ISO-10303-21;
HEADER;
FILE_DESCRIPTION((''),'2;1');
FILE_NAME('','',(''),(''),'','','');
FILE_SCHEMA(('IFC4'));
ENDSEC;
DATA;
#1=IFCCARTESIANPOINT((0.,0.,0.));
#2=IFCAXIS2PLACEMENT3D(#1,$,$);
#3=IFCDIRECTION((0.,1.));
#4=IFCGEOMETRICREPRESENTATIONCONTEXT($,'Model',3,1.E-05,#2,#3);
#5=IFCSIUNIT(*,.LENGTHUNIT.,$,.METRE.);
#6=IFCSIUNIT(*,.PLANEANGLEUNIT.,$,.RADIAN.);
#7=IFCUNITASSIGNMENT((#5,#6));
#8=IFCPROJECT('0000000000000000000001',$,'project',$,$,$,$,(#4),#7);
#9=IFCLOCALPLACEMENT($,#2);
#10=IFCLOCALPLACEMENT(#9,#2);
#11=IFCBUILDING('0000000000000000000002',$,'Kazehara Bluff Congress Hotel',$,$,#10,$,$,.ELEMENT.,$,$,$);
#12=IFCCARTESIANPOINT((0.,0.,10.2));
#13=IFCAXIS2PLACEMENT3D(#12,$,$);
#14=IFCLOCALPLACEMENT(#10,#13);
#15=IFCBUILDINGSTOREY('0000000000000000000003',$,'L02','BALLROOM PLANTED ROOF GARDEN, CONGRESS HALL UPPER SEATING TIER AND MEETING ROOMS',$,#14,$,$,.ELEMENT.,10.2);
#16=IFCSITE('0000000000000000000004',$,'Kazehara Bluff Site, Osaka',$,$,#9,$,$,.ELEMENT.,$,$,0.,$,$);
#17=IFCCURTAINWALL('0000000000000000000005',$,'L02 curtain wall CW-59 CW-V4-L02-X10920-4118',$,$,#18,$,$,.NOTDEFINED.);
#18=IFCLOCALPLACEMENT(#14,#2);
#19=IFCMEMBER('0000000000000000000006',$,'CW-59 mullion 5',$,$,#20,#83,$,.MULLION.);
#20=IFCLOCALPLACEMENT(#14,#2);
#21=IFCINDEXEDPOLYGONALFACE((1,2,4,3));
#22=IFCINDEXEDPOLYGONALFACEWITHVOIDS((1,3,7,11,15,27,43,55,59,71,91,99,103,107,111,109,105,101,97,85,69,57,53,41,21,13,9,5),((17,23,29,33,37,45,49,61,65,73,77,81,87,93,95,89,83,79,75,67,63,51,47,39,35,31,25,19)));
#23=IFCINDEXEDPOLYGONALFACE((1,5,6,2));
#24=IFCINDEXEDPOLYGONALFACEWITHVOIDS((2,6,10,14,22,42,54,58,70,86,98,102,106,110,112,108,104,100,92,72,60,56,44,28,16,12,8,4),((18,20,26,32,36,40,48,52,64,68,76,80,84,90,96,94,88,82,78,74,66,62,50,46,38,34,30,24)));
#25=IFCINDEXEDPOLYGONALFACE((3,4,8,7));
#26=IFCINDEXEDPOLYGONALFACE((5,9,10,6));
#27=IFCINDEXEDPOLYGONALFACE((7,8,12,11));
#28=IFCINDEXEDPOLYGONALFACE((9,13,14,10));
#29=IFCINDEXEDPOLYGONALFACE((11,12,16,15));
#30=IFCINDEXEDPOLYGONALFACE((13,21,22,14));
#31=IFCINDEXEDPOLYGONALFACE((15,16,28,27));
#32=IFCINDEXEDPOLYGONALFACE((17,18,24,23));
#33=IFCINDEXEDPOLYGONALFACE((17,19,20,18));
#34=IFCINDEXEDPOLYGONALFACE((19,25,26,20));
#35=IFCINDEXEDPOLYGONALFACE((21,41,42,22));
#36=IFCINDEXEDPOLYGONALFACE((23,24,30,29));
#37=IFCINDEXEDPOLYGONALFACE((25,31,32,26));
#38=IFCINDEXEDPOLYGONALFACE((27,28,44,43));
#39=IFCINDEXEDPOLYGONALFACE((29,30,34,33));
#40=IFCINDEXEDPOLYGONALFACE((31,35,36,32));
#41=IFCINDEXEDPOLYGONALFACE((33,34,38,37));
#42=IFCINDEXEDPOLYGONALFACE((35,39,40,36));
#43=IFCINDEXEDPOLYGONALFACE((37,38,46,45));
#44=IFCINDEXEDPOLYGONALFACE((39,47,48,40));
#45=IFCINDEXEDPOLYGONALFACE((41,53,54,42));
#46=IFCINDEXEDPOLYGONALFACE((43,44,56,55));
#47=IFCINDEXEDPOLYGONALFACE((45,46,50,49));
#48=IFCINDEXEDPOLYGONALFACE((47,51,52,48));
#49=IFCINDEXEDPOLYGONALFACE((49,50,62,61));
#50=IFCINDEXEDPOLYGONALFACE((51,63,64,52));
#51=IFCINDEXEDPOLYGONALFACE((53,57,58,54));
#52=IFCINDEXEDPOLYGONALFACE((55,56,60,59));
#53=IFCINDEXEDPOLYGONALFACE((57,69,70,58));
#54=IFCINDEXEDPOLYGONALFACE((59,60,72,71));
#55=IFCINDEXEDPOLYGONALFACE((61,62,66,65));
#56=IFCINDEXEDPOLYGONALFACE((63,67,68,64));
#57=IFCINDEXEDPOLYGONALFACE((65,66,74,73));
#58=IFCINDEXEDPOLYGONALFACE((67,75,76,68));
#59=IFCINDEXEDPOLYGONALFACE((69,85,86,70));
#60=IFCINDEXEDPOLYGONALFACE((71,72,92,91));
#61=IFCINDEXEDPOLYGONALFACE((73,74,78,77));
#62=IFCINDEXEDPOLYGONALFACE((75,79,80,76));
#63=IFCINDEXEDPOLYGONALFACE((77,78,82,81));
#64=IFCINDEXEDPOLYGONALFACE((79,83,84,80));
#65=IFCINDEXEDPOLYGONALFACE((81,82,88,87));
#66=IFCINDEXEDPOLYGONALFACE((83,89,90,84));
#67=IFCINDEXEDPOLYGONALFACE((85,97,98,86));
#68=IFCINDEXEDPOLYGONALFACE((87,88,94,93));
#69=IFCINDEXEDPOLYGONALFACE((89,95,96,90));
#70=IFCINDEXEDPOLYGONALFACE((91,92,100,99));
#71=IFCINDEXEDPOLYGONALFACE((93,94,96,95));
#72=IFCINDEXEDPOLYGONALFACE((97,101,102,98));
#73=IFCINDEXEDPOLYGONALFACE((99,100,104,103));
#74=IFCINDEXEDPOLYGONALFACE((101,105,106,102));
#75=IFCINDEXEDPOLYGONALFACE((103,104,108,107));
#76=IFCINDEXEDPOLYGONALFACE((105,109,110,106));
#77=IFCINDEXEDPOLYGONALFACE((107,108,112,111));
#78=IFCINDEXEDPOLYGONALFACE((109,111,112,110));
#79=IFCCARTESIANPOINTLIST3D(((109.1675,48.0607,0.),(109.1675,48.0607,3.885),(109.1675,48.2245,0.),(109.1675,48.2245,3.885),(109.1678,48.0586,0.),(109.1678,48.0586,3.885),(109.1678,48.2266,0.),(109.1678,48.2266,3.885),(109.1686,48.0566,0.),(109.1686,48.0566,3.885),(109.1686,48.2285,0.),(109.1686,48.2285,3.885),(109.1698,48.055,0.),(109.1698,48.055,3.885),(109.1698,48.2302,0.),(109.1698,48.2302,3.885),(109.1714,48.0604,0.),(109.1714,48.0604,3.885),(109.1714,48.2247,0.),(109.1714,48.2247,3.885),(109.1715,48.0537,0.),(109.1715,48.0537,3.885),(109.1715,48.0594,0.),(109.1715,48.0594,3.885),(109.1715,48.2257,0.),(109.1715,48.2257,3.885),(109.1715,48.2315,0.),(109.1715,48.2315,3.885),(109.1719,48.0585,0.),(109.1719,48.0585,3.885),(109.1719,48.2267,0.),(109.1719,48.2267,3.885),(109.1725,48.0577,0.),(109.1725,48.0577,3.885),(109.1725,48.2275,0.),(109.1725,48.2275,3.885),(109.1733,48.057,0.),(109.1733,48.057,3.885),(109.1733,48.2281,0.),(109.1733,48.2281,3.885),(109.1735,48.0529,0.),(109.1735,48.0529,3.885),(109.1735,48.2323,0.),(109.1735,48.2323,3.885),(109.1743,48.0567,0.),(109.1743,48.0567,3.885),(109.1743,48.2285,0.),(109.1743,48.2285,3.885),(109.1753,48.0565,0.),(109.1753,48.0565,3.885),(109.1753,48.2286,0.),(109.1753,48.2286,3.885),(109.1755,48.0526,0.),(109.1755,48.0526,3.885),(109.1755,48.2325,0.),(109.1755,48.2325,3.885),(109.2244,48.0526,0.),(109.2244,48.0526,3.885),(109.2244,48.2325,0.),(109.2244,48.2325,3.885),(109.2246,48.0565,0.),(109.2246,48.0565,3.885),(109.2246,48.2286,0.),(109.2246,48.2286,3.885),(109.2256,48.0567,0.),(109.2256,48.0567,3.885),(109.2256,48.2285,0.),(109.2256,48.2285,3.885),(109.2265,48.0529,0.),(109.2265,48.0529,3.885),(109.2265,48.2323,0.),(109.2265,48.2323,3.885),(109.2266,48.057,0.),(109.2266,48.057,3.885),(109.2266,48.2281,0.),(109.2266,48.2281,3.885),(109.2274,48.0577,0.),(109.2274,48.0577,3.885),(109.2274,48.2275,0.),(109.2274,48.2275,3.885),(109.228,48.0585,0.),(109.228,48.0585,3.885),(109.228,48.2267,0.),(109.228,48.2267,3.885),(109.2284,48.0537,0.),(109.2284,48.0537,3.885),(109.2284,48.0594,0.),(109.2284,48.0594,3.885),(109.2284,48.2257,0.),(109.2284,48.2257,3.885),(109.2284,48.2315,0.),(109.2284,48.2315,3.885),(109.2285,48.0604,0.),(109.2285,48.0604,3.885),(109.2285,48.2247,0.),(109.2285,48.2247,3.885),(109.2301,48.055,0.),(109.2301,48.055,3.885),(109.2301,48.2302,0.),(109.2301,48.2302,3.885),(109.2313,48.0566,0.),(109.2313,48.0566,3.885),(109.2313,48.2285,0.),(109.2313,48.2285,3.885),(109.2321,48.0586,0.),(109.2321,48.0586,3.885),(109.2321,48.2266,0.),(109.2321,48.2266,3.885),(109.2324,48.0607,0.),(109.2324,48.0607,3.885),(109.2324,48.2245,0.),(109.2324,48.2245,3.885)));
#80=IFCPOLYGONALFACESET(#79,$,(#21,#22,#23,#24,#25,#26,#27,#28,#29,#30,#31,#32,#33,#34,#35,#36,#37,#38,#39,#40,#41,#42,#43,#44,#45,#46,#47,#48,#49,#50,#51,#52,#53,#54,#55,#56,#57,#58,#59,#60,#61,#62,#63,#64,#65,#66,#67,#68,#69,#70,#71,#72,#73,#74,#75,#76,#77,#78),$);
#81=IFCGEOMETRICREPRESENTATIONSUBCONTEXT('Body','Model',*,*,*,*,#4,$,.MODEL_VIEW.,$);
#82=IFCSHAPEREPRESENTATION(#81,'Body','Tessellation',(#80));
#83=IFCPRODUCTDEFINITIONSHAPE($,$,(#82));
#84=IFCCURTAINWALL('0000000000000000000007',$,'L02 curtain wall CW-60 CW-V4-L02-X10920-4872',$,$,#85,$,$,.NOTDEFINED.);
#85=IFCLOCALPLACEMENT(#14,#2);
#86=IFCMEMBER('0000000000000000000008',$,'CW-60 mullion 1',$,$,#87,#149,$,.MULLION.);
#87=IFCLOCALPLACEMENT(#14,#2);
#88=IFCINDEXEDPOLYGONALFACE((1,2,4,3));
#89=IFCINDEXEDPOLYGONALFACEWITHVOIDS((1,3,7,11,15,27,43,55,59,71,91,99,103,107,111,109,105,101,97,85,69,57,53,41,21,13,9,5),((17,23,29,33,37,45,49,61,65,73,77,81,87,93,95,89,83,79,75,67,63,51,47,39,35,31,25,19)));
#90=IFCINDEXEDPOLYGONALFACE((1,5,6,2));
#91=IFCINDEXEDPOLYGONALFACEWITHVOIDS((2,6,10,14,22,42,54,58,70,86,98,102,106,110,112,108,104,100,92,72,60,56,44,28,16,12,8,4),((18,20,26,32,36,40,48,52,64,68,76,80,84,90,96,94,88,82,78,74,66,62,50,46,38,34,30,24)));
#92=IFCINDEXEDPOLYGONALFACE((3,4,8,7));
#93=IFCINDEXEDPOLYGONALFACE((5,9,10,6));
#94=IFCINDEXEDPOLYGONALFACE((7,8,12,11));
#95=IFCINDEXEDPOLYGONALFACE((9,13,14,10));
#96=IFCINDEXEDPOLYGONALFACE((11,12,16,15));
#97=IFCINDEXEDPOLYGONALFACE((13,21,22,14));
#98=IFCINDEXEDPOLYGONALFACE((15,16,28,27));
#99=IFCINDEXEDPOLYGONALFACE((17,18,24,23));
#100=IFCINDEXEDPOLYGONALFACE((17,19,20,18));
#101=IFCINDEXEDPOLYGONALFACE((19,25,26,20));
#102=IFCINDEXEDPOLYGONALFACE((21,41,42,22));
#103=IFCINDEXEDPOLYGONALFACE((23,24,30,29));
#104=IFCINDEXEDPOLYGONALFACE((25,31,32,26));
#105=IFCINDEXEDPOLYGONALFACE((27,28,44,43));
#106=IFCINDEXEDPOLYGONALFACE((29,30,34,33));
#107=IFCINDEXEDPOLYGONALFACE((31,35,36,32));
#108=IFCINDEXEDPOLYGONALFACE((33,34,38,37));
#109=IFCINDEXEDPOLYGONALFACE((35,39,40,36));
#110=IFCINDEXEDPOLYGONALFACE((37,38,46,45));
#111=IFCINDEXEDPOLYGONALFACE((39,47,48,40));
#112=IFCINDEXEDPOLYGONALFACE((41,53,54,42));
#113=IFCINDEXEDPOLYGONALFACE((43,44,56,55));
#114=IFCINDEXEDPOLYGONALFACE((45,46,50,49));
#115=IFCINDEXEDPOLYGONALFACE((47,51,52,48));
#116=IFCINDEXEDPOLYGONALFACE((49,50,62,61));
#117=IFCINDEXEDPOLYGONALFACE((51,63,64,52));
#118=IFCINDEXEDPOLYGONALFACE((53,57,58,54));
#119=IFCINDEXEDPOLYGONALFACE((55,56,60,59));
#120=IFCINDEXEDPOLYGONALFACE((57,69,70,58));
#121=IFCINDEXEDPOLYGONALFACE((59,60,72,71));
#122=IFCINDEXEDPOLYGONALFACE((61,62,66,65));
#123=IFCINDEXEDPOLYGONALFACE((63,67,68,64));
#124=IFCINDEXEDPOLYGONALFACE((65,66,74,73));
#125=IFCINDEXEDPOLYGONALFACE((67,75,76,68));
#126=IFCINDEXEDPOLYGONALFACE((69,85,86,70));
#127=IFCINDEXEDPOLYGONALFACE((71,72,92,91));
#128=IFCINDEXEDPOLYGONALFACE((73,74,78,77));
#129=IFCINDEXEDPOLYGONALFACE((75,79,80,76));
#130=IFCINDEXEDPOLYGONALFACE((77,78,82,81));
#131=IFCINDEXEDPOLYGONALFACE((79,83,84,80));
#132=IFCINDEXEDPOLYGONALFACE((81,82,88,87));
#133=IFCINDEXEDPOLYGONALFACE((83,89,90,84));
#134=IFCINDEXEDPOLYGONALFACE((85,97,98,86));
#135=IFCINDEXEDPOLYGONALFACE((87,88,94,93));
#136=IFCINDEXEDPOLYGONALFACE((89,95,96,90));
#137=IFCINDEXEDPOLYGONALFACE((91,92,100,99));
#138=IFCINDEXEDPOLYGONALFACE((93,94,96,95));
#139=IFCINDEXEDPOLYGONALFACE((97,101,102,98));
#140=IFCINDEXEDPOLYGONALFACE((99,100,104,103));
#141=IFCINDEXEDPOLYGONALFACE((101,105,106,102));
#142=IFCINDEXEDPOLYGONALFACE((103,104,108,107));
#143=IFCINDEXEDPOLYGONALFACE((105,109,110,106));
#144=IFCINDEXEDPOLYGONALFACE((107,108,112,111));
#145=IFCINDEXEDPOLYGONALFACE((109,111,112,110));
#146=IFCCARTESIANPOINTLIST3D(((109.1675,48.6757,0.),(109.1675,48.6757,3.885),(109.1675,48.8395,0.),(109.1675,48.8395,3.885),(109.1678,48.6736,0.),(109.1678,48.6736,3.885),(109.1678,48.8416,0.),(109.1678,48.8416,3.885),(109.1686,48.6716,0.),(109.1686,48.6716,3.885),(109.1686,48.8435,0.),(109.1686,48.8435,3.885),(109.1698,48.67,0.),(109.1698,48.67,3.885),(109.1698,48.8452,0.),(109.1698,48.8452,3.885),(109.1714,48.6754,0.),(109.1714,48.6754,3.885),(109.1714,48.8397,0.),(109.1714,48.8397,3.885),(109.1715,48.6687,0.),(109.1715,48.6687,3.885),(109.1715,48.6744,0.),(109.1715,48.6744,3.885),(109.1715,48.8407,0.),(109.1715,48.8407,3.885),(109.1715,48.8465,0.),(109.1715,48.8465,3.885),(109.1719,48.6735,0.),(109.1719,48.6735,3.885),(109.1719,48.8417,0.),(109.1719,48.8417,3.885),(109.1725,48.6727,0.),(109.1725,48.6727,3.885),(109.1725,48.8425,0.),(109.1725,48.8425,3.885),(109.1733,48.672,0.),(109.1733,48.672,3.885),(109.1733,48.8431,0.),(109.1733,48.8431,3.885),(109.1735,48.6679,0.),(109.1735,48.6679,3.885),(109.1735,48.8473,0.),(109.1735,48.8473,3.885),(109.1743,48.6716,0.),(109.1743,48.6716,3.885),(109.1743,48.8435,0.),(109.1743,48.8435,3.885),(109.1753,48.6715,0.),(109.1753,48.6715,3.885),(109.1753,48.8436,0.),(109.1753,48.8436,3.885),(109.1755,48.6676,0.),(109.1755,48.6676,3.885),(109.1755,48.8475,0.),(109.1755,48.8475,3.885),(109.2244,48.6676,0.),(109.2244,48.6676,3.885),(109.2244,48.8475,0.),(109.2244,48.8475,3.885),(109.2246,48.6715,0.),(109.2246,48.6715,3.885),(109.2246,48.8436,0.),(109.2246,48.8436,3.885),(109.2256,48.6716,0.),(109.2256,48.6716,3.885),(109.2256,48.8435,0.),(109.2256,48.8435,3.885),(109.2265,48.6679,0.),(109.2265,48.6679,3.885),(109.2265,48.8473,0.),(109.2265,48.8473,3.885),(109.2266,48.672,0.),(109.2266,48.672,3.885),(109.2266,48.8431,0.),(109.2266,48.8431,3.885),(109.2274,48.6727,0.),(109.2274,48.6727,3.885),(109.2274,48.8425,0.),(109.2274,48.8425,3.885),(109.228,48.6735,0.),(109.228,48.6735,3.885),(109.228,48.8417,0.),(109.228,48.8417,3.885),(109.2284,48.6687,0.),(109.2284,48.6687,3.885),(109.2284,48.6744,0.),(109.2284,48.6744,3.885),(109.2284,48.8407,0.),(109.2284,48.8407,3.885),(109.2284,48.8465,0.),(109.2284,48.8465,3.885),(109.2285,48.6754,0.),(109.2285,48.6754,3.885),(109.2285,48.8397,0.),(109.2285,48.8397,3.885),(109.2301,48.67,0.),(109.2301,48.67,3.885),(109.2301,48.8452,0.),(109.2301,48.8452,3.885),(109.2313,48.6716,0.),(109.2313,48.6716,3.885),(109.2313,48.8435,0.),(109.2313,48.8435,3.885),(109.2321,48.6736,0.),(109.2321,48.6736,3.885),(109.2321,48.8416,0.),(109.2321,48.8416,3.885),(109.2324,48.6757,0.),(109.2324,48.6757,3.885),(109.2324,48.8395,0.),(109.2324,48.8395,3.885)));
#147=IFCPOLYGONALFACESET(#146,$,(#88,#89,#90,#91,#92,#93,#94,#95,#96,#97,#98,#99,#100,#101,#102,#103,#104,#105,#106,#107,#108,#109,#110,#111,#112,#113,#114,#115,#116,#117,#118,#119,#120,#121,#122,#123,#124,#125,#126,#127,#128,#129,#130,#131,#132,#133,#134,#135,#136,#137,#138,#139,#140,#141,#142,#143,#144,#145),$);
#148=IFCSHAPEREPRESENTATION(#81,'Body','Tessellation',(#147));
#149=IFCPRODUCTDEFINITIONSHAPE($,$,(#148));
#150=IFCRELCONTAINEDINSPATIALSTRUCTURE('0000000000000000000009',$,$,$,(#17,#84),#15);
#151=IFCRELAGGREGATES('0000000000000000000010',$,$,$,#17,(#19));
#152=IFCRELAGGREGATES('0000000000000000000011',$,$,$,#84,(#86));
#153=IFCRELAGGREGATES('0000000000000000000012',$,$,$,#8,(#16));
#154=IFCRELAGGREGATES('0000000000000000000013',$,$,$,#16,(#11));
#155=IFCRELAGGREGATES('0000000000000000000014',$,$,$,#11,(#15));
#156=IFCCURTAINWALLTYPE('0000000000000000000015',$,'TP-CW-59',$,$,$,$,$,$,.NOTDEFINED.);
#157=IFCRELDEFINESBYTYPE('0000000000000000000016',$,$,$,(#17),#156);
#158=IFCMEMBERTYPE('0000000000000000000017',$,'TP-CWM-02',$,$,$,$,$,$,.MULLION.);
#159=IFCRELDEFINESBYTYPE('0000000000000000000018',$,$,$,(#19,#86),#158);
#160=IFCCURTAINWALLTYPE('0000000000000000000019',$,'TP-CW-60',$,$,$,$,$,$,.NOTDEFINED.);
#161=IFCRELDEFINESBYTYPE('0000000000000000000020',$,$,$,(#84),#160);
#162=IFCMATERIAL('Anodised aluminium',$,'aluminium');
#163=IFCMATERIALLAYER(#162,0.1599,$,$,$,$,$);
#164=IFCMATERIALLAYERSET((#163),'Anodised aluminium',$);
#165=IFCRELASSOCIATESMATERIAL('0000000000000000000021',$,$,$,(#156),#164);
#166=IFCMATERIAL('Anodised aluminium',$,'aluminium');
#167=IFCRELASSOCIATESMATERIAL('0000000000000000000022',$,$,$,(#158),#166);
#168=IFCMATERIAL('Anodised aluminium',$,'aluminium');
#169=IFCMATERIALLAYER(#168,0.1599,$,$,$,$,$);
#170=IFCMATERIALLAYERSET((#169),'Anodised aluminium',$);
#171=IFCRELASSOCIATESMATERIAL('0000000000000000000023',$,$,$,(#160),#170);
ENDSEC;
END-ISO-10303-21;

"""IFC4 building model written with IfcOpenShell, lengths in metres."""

from ifc_helpers import new_model, si_unit, direction, frame, origin, origin_2d, place, context, subcontext, project, spatial, hollow_rectangle, extrude, material, layer, layer_set, material_profile, profile_set, type_object, element, aggregate, save


model = new_model("IFC4")

# Units and contexts
model_context = context("Model", 3, precision=1e-05, world=origin(), true_north=direction((0.0, 1.0)))
body_context = subcontext(model_context, "Body", "Model", "MODEL_VIEW")
ifc_project = project(units=[si_unit("LENGTHUNIT", "METRE"), si_unit("PLANEANGLEUNIT", "RADIAN")], contexts=[model_context])

# Site, building, storey
site_placement = place(None, origin())
site = spatial("IfcSite", under=ifc_project, at=site_placement, Name="Kazehara Bluff Site, Osaka", CompositionType="ELEMENT", RefElevation=0.0)
building_placement = place(site_placement, origin())
building = spatial("IfcBuilding", under=site, at=building_placement, Name="Kazehara Bluff Congress Hotel", CompositionType="ELEMENT")
storey_placement = place(building_placement, frame((0.0, 0.0, 10.2)))
storey = spatial("IfcBuildingStorey", under=building, at=storey_placement, Name="L02", Description="BALLROOM PLANTED ROOF GARDEN, CONGRESS HALL UPPER SEATING TIER AND MEETING ROOMS", CompositionType="ELEMENT", Elevation=10.2)

# Curtain wall, member
ifc_material_1 = material(Name="Anodised aluminium", Category="aluminium")
ifc_layer_1 = layer(ifc_material_1, 0.1599)
ifc_layer_set_1 = layer_set([ifc_layer_1], Name="Anodised aluminium")
curtain_wall_type_1 = type_object("IfcCurtainWallType", Name="TP-CW-59", PredefinedType="NOTDEFINED", material=ifc_layer_set_1)
curtain_wall_1_placement = place(storey_placement, origin())
curtain_wall_1 = element("IfcCurtainWall", 1, at=curtain_wall_1_placement, inside=storey, type_object=curtain_wall_type_1, Name="L02 curtain wall CW-59 CW-V4-L02-X10920-4118", PredefinedType="NOTDEFINED")
ifc_material_2 = material(Name="Anodised aluminium", Category="aluminium")
ifc_material_profile_1 = material_profile(ifc_material_2, hollow_rectangle(XDim=0.0649, YDim=0.1799, WallThickness=0.0039, InnerFilletRadius=0.0039, OuterFilletRadius=0.0081, at=origin_2d()))
ifc_profile_set_1 = profile_set([ifc_material_profile_1], Name="Anodised aluminium")
member_type_1 = type_object("IfcMemberType", Name="TP-CWM-02", PredefinedType="MULLION", material=ifc_profile_set_1)
member_1_placement = place(storey_placement, frame((109.2, 48.1426, 0.0), z_axis=(0.0, 0.0, 1.0), x_axis=(-1.0, 0.0, 0.0)))
member_1 = element("IfcMember", 2, at=member_1_placement, type_object=member_type_1, Name="CW-59 mullion 5", PredefinedType="MULLION", context=body_context, shape_type="SweptSolid", body=[
    extrude(hollow_rectangle(XDim=0.0649, YDim=0.1799, WallThickness=0.0039, InnerFilletRadius=0.0039, OuterFilletRadius=0.0081, at=origin_2d()), origin(), (0.0, 0.0, 1.0), 3.885),
])

# Curtain wall, member
ifc_material_3 = material(Name="Anodised aluminium", Category="aluminium")
ifc_layer_2 = layer(ifc_material_3, 0.1599)
ifc_layer_set_2 = layer_set([ifc_layer_2], Name="Anodised aluminium")
curtain_wall_type_2 = type_object("IfcCurtainWallType", Name="TP-CW-60", PredefinedType="NOTDEFINED", material=ifc_layer_set_2)
curtain_wall_2_placement = place(storey_placement, origin())
curtain_wall_2 = element("IfcCurtainWall", 3, at=curtain_wall_2_placement, inside=storey, type_object=curtain_wall_type_2, Name="L02 curtain wall CW-60 CW-V4-L02-X10920-4872", PredefinedType="NOTDEFINED")
member_2_placement = place(storey_placement, frame((109.2, 48.7576, 0.0), z_axis=(0.0, 0.0, 1.0), x_axis=(-1.0, 0.0, 0.0)))
member_2 = element("IfcMember", 4, at=member_2_placement, type_object=member_type_1, Name="CW-60 mullion 1", PredefinedType="MULLION", context=body_context, shape_type="SweptSolid", body=[
    extrude(hollow_rectangle(XDim=0.0649, YDim=0.1799, WallThickness=0.0039, InnerFilletRadius=0.0039, OuterFilletRadius=0.0081, at=origin_2d()), origin(), (0.0, 0.0, 1.0), 3.885),
])

aggregate(curtain_wall_1, [member_1])
aggregate(curtain_wall_2, [member_2])

save(model, "model.ifc")
